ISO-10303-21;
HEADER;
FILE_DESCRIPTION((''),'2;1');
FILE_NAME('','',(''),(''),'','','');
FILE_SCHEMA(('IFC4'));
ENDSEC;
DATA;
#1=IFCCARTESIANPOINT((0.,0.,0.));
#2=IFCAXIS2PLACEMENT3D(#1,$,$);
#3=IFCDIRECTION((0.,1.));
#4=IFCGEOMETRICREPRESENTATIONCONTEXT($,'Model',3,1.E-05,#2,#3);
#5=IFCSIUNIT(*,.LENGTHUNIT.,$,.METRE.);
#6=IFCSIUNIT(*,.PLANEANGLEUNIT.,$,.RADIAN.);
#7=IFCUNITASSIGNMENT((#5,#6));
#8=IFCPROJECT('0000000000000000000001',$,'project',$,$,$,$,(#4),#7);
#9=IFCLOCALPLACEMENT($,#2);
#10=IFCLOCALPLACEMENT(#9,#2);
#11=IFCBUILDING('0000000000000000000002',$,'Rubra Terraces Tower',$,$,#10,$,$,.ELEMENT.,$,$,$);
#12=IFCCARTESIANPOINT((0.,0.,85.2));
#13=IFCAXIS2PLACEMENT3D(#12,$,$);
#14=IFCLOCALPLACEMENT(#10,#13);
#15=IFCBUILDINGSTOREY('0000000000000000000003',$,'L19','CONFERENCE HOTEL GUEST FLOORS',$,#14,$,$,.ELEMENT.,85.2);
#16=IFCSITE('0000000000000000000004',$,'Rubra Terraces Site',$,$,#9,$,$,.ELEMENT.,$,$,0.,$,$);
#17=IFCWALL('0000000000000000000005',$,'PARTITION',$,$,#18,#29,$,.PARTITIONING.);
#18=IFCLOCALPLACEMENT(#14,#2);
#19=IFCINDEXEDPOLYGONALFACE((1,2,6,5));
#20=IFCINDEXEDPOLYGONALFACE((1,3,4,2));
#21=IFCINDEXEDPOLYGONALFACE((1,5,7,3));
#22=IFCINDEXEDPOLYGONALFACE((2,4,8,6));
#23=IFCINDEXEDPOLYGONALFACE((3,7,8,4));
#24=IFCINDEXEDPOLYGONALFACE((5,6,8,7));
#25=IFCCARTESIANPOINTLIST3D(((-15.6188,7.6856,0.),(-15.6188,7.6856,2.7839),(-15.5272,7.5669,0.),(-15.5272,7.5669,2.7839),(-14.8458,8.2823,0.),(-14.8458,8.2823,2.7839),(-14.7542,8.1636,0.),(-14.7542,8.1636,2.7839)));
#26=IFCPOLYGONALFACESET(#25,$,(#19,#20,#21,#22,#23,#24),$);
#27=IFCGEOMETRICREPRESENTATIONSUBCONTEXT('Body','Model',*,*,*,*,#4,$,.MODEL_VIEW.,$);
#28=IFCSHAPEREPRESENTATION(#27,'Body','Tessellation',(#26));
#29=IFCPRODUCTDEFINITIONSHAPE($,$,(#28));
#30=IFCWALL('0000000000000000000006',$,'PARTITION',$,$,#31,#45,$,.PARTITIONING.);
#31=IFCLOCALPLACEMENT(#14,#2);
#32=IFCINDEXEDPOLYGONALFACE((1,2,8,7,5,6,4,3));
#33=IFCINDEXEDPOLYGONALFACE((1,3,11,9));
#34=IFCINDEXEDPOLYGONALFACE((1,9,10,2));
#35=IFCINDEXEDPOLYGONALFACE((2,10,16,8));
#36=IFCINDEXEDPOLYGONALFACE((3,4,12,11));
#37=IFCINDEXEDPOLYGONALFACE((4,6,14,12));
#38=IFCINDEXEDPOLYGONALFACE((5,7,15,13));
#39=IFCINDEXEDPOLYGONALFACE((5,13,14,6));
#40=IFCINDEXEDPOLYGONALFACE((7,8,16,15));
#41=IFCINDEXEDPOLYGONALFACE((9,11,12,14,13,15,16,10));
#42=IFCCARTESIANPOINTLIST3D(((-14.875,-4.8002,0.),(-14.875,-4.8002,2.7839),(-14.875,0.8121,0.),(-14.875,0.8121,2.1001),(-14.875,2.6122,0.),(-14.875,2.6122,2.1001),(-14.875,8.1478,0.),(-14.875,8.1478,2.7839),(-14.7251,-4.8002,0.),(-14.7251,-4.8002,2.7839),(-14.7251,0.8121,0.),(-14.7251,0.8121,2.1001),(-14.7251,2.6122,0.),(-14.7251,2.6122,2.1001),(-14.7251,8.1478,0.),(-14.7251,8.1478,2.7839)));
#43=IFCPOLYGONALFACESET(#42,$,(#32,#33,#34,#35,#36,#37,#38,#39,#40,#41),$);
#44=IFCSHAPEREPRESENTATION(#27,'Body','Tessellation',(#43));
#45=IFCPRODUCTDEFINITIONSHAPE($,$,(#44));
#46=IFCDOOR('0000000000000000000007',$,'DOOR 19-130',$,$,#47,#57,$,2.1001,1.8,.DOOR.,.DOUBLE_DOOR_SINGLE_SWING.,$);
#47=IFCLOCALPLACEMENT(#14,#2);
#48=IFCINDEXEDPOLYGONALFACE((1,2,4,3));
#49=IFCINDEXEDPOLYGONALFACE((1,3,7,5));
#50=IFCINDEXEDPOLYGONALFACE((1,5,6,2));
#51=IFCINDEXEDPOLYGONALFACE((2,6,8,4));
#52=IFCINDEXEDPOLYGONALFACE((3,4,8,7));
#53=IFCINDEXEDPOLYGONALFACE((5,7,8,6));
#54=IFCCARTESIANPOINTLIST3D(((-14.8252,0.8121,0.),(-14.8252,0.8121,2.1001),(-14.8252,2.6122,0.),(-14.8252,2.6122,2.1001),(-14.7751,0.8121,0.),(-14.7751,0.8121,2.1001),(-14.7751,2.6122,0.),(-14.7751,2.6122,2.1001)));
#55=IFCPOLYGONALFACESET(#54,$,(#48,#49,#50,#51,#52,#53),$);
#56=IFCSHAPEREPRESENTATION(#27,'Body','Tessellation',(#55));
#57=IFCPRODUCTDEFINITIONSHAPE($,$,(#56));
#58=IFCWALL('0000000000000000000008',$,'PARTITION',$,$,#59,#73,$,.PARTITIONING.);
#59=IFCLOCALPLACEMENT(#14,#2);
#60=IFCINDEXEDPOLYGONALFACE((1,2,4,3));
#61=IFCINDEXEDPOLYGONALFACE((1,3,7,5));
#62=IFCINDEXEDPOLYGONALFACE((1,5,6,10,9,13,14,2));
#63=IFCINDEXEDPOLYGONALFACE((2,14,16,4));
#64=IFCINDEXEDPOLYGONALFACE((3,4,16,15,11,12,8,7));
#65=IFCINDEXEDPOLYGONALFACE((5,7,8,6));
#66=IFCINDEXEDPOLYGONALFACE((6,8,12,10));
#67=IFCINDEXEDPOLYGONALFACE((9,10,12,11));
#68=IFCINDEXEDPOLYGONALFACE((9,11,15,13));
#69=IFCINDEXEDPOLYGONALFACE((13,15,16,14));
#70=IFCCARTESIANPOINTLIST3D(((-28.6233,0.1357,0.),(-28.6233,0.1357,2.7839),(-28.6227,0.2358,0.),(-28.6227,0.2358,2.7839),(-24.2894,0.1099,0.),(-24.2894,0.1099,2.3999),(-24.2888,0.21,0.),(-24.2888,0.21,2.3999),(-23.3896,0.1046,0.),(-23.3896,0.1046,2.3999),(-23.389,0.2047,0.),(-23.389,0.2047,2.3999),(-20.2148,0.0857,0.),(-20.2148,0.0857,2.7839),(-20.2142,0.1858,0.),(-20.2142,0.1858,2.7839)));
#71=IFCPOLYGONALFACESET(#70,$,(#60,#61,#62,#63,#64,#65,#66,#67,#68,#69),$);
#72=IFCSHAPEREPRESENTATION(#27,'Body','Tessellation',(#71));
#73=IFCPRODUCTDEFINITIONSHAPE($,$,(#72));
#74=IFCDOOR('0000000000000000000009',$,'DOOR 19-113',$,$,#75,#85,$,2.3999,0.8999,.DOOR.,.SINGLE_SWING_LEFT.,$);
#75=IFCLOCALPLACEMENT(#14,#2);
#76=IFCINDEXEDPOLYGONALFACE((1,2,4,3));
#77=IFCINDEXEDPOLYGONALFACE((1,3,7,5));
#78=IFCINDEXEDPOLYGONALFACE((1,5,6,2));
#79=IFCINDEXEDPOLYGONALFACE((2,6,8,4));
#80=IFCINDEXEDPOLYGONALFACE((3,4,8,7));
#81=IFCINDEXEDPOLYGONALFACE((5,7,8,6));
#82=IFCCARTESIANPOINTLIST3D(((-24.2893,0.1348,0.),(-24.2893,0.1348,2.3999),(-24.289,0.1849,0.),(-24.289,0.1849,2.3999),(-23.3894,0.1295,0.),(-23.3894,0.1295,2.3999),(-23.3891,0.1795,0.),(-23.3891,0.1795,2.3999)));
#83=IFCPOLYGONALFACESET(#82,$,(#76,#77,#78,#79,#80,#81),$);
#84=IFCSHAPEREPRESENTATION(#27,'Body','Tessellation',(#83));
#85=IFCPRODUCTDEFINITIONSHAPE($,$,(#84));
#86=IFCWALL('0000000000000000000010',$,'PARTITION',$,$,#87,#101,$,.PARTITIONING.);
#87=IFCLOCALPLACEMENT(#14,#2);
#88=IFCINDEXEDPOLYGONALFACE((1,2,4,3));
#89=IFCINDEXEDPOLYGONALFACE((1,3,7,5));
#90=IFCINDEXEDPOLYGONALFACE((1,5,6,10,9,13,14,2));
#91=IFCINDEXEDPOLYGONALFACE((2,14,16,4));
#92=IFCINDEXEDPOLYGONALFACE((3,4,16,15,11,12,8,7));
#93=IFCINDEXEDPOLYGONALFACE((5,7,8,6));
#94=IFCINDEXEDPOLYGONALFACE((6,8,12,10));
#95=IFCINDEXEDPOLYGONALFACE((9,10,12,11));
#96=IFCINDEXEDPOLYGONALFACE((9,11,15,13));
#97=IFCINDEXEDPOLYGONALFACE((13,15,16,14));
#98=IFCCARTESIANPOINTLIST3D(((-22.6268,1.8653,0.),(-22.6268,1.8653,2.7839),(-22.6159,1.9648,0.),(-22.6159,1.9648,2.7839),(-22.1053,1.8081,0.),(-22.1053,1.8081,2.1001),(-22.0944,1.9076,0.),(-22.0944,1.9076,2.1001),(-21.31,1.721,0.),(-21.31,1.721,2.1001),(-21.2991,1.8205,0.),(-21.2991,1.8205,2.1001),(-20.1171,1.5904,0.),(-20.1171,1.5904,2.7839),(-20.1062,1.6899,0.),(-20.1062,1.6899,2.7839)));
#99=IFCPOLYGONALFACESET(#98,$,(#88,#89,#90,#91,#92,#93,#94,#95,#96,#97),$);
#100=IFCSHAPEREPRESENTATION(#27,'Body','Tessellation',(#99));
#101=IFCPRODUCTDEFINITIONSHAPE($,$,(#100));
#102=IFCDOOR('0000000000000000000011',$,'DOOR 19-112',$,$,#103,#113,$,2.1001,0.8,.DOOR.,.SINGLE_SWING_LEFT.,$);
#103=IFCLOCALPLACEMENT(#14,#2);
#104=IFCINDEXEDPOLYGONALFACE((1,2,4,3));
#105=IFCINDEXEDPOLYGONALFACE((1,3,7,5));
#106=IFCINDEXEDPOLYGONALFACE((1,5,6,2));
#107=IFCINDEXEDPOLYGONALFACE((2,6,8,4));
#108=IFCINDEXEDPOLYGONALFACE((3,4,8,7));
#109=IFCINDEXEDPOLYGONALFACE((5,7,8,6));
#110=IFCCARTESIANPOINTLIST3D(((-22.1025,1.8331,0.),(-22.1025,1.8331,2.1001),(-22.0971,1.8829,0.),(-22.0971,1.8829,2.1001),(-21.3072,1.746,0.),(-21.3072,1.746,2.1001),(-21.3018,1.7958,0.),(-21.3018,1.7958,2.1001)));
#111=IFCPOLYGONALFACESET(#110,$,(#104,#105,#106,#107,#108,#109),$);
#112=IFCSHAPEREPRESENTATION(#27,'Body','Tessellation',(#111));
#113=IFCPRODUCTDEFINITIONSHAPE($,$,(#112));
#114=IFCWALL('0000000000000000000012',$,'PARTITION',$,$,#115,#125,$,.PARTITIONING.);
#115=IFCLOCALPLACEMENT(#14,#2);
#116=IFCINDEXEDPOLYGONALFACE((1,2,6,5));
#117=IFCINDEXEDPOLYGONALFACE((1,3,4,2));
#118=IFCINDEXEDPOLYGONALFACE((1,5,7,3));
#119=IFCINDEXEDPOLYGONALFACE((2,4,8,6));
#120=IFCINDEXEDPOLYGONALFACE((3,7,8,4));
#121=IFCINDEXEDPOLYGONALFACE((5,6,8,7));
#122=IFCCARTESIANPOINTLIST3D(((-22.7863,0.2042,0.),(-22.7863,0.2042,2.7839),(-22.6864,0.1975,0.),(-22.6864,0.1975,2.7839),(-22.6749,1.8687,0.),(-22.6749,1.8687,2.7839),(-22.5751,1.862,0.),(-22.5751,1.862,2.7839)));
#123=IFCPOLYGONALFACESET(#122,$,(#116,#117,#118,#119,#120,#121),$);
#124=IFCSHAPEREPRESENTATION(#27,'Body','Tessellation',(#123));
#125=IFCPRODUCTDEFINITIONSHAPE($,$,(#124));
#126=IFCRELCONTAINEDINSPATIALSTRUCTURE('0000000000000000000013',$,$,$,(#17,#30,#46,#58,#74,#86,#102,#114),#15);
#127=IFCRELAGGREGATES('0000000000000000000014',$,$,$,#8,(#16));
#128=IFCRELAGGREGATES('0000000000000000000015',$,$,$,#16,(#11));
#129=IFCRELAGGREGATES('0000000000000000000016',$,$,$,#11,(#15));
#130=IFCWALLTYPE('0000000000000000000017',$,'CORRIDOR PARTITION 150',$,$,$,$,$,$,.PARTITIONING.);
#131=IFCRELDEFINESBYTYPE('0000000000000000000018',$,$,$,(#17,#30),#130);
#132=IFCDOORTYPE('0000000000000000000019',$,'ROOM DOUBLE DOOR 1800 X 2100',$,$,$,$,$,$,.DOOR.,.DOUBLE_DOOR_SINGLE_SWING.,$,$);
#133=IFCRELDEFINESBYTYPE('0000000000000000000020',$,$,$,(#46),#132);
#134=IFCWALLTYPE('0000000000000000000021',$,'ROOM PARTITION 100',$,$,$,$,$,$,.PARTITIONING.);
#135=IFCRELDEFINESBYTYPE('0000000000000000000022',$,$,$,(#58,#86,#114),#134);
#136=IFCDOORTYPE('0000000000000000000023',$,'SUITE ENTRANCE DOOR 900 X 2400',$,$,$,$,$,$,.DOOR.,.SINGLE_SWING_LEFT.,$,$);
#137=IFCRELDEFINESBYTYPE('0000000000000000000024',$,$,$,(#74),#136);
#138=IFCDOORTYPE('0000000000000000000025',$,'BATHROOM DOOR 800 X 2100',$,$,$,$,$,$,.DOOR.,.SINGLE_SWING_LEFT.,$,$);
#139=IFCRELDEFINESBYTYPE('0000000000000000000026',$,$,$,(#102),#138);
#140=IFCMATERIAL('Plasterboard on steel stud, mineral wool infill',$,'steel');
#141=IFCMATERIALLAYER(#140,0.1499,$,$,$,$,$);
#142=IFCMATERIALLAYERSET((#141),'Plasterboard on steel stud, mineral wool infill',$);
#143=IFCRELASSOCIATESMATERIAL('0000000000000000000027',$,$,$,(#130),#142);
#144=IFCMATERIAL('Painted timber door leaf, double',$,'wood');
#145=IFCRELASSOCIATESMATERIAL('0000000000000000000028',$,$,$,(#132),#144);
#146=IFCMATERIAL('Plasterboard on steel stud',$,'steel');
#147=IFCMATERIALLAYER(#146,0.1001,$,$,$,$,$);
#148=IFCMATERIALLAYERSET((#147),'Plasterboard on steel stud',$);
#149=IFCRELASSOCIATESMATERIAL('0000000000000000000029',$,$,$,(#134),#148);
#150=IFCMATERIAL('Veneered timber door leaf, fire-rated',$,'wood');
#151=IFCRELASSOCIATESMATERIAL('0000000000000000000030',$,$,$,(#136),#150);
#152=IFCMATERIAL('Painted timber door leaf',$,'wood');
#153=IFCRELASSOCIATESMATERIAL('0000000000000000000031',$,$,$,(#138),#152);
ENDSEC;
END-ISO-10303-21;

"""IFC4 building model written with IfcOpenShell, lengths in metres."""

from ifc_helpers import new_model, si_unit, direction, frame, frame_2d, origin, place, context, subcontext, project, spatial, rectangle, extrude, material, layer, layer_set, type_object, element, fill, save


model = new_model("IFC4")

# Units and contexts
model_context = context("Model", 3, precision=1e-05, world=origin(), true_north=direction((0.0, 1.0)))
body_context = subcontext(model_context, "Body", "Model", "MODEL_VIEW")
ifc_project = project(units=[si_unit("LENGTHUNIT", "METRE"), si_unit("PLANEANGLEUNIT", "RADIAN")], contexts=[model_context])

# Site, building, storey
site_placement = place(None, origin())
site = spatial("IfcSite", under=ifc_project, at=site_placement, Name="Rubra Terraces Site", CompositionType="ELEMENT", RefElevation=0.0)
building_placement = place(site_placement, origin())
building = spatial("IfcBuilding", under=site, at=building_placement, Name="Rubra Terraces Tower", CompositionType="ELEMENT")
storey_placement = place(building_placement, frame((0.0, 0.0, 85.2)))
storey = spatial("IfcBuildingStorey", under=building, at=storey_placement, Name="L19", Description="CONFERENCE HOTEL GUEST FLOORS", CompositionType="ELEMENT", Elevation=85.2)

# Wall
ifc_material_1 = material(Name="Plasterboard on steel stud, mineral wool infill", Category="steel")
ifc_layer_1 = layer(ifc_material_1, 0.1499)
ifc_layer_set_1 = layer_set([ifc_layer_1], Name="Plasterboard on steel stud, mineral wool infill")
wall_type_1 = type_object("IfcWallType", Name="CORRIDOR PARTITION 150", PredefinedType="PARTITIONING", material=ifc_layer_set_1)
wall_1_placement = place(storey_placement, frame((-15.573, 7.6262, 0.0), z_axis=(0.0, 0.0, 1.0), x_axis=(0.791582, 0.611063, 0.0)))
element("IfcWall", 1, at=wall_1_placement, inside=storey, type_object=wall_type_1, Name="PARTITION", PredefinedType="PARTITIONING", context=body_context, shape_type="SweptSolid", body=[
    extrude(rectangle(XDim=0.9766, YDim=0.1499, at=frame_2d((0.4883, 0.0))), origin(), (0.0, 0.0, 1.0), 2.7839),
])

# Walls, openings, doors
wall_2_placement = place(storey_placement, frame((-14.8, 8.1479, 0.0), z_axis=(0.0, 0.0, 1.0), x_axis=(0.0, -1.0, 0.0)))
wall_2 = element("IfcWall", 2, at=wall_2_placement, inside=storey, type_object=wall_type_1, Name="PARTITION", PredefinedType="PARTITIONING", context=body_context, shape_type="SweptSolid", body=[
    extrude(rectangle(XDim=12.948, YDim=0.1499, at=frame_2d((6.4741, 0.0))), origin(), (0.0, 0.0, 1.0), 2.7839),
])
opening_1_placement = place(wall_2_placement, frame((5.5359, 0.0, 0.0)))
opening_1 = element("IfcOpeningElement", 3, at=opening_1_placement, cuts=wall_2, PredefinedType="OPENING", context=body_context, shape_type="SweptSolid", body=[
    extrude(rectangle(XDim=1.8, YDim=2.1001, at=frame_2d((0.8999, 1.05))), frame((0.0, 0.085, 0.0), z_axis=(0.0, -1.0, 0.0), x_axis=(1.0, 0.0, 0.0)), (0.0, 0.0, 1.0), 0.1699),
])
ifc_material_2 = material(Name="Painted timber door leaf, double", Category="wood")
door_type_1 = type_object("IfcDoorType", Name="ROOM DOUBLE DOOR 1800 X 2100", OperationType="DOUBLE_DOOR_SINGLE_SWING", PredefinedType="DOOR", material=ifc_material_2)
door_1_placement = place(opening_1_placement, origin())
door_1 = element("IfcDoor", 4, at=door_1_placement, inside=storey, type_object=door_type_1, Name="DOOR 19-130", OperationType="DOUBLE_DOOR_SINGLE_SWING", OverallHeight=2.1001, OverallWidth=1.8, PredefinedType="DOOR", context=body_context, shape_type="SweptSolid", body=[
    extrude(rectangle(XDim=1.8, YDim=2.1001, at=frame_2d((0.8999, 1.05))), frame((0.0, 0.0249, 0.0), z_axis=(0.0, -1.0, 0.0), x_axis=(1.0, 0.0, 0.0)), (0.0, 0.0, 1.0), 0.05),
])
fill(opening_1, door_1)
ifc_material_3 = material(Name="Plasterboard on steel stud", Category="steel")
ifc_layer_2 = layer(ifc_material_3, 0.1001)
ifc_layer_set_2 = layer_set([ifc_layer_2], Name="Plasterboard on steel stud")
wall_type_2 = type_object("IfcWallType", Name="ROOM PARTITION 100", PredefinedType="PARTITIONING", material=ifc_layer_set_2)
wall_3_placement = place(storey_placement, frame((-28.623, 0.1858, 0.0), z_axis=(0.0, 0.0, 1.0), x_axis=(0.999982, -0.005952, 0.0)))
wall_3 = element("IfcWall", 5, at=wall_3_placement, inside=storey, type_object=wall_type_2, Name="PARTITION", PredefinedType="PARTITIONING", context=body_context, shape_type="SweptSolid", body=[
    extrude(rectangle(XDim=8.4087, YDim=0.1001, at=frame_2d((4.2043, 0.0))), origin(), (0.0, 0.0, 1.0), 2.7839),
])
opening_2_placement = place(wall_3_placement, frame((4.334, 0.0, 0.0)))
opening_2 = element("IfcOpeningElement", 6, at=opening_2_placement, cuts=wall_3, PredefinedType="OPENING", context=body_context, shape_type="SweptSolid", body=[
    extrude(rectangle(XDim=0.8999, YDim=2.3999, at=frame_2d((0.45, 1.2))), frame((0.0, 0.0601, 0.0), z_axis=(0.0, -1.0, 0.0), x_axis=(1.0, 0.0, 0.0)), (0.0, 0.0, 1.0), 0.1201),
])
ifc_material_4 = material(Name="Veneered timber door leaf, fire-rated", Category="wood")
door_type_2 = type_object("IfcDoorType", Name="SUITE ENTRANCE DOOR 900 X 2400", OperationType="SINGLE_SWING_LEFT", PredefinedType="DOOR", material=ifc_material_4)
door_2_placement = place(opening_2_placement, origin())
door_2 = element("IfcDoor", 7, at=door_2_placement, inside=storey, type_object=door_type_2, Name="DOOR 19-113", OperationType="SINGLE_SWING_LEFT", OverallHeight=2.3999, OverallWidth=0.8999, PredefinedType="DOOR", context=body_context, shape_type="SweptSolid", body=[
    extrude(rectangle(XDim=0.8999, YDim=2.3999, at=frame_2d((0.45, 1.2))), frame((0.0, 0.0249, 0.0), z_axis=(0.0, -1.0, 0.0), x_axis=(1.0, 0.0, 0.0)), (0.0, 0.0, 1.0), 0.05),
])
fill(opening_2, door_2)
wall_4_placement = place(storey_placement, frame((-20.1118, 1.6401, 0.0), z_axis=(0.0, 0.0, 1.0), x_axis=(-0.994055, 0.108882, 0.0)))
wall_4 = element("IfcWall", 8, at=wall_4_placement, inside=storey, type_object=wall_type_2, Name="PARTITION", PredefinedType="PARTITIONING", context=body_context, shape_type="SweptSolid", body=[
    extrude(rectangle(XDim=2.5247, YDim=0.1001, at=frame_2d((1.2622, 0.0))), origin(), (0.0, 0.0, 1.0), 2.7839),
])
opening_3_placement = place(wall_4_placement, frame((1.2, 0.0, 0.0)))
opening_3 = element("IfcOpeningElement", 9, at=opening_3_placement, cuts=wall_4, PredefinedType="OPENING", context=body_context, shape_type="SweptSolid", body=[
    extrude(rectangle(XDim=0.8, YDim=2.1001, at=frame_2d((0.3999, 1.05))), frame((0.0, 0.0601, 0.0), z_axis=(0.0, -1.0, 0.0), x_axis=(1.0, 0.0, 0.0)), (0.0, 0.0, 1.0), 0.1201),
])
ifc_material_5 = material(Name="Painted timber door leaf", Category="wood")
door_type_3 = type_object("IfcDoorType", Name="BATHROOM DOOR 800 X 2100", OperationType="SINGLE_SWING_LEFT", PredefinedType="DOOR", material=ifc_material_5)
door_3_placement = place(opening_3_placement, origin())
door_3 = element("IfcDoor", 10, at=door_3_placement, inside=storey, type_object=door_type_3, Name="DOOR 19-112", OperationType="SINGLE_SWING_LEFT", OverallHeight=2.1001, OverallWidth=0.8, PredefinedType="DOOR", context=body_context, shape_type="SweptSolid", body=[
    extrude(rectangle(XDim=0.8, YDim=2.1001, at=frame_2d((0.3999, 1.05))), frame((0.0, 0.0249, 0.0), z_axis=(0.0, -1.0, 0.0), x_axis=(1.0, 0.0, 0.0)), (0.0, 0.0, 1.0), 0.05),
])
fill(opening_3, door_3)

# Wall
wall_5_placement = place(storey_placement, frame((-22.625, 1.8652, 0.0), z_axis=(0.0, 0.0, 1.0), x_axis=(-0.066733, -0.997771, 0.0)))
element("IfcWall", 11, at=wall_5_placement, inside=storey, type_object=wall_type_2, Name="PARTITION", PredefinedType="PARTITIONING", context=body_context, shape_type="SweptSolid", body=[
    extrude(rectangle(XDim=1.6682, YDim=0.1001, at=frame_2d((0.834, 0.0))), origin(), (0.0, 0.0, 1.0), 2.7839),
])

save(model, "model.ifc")
